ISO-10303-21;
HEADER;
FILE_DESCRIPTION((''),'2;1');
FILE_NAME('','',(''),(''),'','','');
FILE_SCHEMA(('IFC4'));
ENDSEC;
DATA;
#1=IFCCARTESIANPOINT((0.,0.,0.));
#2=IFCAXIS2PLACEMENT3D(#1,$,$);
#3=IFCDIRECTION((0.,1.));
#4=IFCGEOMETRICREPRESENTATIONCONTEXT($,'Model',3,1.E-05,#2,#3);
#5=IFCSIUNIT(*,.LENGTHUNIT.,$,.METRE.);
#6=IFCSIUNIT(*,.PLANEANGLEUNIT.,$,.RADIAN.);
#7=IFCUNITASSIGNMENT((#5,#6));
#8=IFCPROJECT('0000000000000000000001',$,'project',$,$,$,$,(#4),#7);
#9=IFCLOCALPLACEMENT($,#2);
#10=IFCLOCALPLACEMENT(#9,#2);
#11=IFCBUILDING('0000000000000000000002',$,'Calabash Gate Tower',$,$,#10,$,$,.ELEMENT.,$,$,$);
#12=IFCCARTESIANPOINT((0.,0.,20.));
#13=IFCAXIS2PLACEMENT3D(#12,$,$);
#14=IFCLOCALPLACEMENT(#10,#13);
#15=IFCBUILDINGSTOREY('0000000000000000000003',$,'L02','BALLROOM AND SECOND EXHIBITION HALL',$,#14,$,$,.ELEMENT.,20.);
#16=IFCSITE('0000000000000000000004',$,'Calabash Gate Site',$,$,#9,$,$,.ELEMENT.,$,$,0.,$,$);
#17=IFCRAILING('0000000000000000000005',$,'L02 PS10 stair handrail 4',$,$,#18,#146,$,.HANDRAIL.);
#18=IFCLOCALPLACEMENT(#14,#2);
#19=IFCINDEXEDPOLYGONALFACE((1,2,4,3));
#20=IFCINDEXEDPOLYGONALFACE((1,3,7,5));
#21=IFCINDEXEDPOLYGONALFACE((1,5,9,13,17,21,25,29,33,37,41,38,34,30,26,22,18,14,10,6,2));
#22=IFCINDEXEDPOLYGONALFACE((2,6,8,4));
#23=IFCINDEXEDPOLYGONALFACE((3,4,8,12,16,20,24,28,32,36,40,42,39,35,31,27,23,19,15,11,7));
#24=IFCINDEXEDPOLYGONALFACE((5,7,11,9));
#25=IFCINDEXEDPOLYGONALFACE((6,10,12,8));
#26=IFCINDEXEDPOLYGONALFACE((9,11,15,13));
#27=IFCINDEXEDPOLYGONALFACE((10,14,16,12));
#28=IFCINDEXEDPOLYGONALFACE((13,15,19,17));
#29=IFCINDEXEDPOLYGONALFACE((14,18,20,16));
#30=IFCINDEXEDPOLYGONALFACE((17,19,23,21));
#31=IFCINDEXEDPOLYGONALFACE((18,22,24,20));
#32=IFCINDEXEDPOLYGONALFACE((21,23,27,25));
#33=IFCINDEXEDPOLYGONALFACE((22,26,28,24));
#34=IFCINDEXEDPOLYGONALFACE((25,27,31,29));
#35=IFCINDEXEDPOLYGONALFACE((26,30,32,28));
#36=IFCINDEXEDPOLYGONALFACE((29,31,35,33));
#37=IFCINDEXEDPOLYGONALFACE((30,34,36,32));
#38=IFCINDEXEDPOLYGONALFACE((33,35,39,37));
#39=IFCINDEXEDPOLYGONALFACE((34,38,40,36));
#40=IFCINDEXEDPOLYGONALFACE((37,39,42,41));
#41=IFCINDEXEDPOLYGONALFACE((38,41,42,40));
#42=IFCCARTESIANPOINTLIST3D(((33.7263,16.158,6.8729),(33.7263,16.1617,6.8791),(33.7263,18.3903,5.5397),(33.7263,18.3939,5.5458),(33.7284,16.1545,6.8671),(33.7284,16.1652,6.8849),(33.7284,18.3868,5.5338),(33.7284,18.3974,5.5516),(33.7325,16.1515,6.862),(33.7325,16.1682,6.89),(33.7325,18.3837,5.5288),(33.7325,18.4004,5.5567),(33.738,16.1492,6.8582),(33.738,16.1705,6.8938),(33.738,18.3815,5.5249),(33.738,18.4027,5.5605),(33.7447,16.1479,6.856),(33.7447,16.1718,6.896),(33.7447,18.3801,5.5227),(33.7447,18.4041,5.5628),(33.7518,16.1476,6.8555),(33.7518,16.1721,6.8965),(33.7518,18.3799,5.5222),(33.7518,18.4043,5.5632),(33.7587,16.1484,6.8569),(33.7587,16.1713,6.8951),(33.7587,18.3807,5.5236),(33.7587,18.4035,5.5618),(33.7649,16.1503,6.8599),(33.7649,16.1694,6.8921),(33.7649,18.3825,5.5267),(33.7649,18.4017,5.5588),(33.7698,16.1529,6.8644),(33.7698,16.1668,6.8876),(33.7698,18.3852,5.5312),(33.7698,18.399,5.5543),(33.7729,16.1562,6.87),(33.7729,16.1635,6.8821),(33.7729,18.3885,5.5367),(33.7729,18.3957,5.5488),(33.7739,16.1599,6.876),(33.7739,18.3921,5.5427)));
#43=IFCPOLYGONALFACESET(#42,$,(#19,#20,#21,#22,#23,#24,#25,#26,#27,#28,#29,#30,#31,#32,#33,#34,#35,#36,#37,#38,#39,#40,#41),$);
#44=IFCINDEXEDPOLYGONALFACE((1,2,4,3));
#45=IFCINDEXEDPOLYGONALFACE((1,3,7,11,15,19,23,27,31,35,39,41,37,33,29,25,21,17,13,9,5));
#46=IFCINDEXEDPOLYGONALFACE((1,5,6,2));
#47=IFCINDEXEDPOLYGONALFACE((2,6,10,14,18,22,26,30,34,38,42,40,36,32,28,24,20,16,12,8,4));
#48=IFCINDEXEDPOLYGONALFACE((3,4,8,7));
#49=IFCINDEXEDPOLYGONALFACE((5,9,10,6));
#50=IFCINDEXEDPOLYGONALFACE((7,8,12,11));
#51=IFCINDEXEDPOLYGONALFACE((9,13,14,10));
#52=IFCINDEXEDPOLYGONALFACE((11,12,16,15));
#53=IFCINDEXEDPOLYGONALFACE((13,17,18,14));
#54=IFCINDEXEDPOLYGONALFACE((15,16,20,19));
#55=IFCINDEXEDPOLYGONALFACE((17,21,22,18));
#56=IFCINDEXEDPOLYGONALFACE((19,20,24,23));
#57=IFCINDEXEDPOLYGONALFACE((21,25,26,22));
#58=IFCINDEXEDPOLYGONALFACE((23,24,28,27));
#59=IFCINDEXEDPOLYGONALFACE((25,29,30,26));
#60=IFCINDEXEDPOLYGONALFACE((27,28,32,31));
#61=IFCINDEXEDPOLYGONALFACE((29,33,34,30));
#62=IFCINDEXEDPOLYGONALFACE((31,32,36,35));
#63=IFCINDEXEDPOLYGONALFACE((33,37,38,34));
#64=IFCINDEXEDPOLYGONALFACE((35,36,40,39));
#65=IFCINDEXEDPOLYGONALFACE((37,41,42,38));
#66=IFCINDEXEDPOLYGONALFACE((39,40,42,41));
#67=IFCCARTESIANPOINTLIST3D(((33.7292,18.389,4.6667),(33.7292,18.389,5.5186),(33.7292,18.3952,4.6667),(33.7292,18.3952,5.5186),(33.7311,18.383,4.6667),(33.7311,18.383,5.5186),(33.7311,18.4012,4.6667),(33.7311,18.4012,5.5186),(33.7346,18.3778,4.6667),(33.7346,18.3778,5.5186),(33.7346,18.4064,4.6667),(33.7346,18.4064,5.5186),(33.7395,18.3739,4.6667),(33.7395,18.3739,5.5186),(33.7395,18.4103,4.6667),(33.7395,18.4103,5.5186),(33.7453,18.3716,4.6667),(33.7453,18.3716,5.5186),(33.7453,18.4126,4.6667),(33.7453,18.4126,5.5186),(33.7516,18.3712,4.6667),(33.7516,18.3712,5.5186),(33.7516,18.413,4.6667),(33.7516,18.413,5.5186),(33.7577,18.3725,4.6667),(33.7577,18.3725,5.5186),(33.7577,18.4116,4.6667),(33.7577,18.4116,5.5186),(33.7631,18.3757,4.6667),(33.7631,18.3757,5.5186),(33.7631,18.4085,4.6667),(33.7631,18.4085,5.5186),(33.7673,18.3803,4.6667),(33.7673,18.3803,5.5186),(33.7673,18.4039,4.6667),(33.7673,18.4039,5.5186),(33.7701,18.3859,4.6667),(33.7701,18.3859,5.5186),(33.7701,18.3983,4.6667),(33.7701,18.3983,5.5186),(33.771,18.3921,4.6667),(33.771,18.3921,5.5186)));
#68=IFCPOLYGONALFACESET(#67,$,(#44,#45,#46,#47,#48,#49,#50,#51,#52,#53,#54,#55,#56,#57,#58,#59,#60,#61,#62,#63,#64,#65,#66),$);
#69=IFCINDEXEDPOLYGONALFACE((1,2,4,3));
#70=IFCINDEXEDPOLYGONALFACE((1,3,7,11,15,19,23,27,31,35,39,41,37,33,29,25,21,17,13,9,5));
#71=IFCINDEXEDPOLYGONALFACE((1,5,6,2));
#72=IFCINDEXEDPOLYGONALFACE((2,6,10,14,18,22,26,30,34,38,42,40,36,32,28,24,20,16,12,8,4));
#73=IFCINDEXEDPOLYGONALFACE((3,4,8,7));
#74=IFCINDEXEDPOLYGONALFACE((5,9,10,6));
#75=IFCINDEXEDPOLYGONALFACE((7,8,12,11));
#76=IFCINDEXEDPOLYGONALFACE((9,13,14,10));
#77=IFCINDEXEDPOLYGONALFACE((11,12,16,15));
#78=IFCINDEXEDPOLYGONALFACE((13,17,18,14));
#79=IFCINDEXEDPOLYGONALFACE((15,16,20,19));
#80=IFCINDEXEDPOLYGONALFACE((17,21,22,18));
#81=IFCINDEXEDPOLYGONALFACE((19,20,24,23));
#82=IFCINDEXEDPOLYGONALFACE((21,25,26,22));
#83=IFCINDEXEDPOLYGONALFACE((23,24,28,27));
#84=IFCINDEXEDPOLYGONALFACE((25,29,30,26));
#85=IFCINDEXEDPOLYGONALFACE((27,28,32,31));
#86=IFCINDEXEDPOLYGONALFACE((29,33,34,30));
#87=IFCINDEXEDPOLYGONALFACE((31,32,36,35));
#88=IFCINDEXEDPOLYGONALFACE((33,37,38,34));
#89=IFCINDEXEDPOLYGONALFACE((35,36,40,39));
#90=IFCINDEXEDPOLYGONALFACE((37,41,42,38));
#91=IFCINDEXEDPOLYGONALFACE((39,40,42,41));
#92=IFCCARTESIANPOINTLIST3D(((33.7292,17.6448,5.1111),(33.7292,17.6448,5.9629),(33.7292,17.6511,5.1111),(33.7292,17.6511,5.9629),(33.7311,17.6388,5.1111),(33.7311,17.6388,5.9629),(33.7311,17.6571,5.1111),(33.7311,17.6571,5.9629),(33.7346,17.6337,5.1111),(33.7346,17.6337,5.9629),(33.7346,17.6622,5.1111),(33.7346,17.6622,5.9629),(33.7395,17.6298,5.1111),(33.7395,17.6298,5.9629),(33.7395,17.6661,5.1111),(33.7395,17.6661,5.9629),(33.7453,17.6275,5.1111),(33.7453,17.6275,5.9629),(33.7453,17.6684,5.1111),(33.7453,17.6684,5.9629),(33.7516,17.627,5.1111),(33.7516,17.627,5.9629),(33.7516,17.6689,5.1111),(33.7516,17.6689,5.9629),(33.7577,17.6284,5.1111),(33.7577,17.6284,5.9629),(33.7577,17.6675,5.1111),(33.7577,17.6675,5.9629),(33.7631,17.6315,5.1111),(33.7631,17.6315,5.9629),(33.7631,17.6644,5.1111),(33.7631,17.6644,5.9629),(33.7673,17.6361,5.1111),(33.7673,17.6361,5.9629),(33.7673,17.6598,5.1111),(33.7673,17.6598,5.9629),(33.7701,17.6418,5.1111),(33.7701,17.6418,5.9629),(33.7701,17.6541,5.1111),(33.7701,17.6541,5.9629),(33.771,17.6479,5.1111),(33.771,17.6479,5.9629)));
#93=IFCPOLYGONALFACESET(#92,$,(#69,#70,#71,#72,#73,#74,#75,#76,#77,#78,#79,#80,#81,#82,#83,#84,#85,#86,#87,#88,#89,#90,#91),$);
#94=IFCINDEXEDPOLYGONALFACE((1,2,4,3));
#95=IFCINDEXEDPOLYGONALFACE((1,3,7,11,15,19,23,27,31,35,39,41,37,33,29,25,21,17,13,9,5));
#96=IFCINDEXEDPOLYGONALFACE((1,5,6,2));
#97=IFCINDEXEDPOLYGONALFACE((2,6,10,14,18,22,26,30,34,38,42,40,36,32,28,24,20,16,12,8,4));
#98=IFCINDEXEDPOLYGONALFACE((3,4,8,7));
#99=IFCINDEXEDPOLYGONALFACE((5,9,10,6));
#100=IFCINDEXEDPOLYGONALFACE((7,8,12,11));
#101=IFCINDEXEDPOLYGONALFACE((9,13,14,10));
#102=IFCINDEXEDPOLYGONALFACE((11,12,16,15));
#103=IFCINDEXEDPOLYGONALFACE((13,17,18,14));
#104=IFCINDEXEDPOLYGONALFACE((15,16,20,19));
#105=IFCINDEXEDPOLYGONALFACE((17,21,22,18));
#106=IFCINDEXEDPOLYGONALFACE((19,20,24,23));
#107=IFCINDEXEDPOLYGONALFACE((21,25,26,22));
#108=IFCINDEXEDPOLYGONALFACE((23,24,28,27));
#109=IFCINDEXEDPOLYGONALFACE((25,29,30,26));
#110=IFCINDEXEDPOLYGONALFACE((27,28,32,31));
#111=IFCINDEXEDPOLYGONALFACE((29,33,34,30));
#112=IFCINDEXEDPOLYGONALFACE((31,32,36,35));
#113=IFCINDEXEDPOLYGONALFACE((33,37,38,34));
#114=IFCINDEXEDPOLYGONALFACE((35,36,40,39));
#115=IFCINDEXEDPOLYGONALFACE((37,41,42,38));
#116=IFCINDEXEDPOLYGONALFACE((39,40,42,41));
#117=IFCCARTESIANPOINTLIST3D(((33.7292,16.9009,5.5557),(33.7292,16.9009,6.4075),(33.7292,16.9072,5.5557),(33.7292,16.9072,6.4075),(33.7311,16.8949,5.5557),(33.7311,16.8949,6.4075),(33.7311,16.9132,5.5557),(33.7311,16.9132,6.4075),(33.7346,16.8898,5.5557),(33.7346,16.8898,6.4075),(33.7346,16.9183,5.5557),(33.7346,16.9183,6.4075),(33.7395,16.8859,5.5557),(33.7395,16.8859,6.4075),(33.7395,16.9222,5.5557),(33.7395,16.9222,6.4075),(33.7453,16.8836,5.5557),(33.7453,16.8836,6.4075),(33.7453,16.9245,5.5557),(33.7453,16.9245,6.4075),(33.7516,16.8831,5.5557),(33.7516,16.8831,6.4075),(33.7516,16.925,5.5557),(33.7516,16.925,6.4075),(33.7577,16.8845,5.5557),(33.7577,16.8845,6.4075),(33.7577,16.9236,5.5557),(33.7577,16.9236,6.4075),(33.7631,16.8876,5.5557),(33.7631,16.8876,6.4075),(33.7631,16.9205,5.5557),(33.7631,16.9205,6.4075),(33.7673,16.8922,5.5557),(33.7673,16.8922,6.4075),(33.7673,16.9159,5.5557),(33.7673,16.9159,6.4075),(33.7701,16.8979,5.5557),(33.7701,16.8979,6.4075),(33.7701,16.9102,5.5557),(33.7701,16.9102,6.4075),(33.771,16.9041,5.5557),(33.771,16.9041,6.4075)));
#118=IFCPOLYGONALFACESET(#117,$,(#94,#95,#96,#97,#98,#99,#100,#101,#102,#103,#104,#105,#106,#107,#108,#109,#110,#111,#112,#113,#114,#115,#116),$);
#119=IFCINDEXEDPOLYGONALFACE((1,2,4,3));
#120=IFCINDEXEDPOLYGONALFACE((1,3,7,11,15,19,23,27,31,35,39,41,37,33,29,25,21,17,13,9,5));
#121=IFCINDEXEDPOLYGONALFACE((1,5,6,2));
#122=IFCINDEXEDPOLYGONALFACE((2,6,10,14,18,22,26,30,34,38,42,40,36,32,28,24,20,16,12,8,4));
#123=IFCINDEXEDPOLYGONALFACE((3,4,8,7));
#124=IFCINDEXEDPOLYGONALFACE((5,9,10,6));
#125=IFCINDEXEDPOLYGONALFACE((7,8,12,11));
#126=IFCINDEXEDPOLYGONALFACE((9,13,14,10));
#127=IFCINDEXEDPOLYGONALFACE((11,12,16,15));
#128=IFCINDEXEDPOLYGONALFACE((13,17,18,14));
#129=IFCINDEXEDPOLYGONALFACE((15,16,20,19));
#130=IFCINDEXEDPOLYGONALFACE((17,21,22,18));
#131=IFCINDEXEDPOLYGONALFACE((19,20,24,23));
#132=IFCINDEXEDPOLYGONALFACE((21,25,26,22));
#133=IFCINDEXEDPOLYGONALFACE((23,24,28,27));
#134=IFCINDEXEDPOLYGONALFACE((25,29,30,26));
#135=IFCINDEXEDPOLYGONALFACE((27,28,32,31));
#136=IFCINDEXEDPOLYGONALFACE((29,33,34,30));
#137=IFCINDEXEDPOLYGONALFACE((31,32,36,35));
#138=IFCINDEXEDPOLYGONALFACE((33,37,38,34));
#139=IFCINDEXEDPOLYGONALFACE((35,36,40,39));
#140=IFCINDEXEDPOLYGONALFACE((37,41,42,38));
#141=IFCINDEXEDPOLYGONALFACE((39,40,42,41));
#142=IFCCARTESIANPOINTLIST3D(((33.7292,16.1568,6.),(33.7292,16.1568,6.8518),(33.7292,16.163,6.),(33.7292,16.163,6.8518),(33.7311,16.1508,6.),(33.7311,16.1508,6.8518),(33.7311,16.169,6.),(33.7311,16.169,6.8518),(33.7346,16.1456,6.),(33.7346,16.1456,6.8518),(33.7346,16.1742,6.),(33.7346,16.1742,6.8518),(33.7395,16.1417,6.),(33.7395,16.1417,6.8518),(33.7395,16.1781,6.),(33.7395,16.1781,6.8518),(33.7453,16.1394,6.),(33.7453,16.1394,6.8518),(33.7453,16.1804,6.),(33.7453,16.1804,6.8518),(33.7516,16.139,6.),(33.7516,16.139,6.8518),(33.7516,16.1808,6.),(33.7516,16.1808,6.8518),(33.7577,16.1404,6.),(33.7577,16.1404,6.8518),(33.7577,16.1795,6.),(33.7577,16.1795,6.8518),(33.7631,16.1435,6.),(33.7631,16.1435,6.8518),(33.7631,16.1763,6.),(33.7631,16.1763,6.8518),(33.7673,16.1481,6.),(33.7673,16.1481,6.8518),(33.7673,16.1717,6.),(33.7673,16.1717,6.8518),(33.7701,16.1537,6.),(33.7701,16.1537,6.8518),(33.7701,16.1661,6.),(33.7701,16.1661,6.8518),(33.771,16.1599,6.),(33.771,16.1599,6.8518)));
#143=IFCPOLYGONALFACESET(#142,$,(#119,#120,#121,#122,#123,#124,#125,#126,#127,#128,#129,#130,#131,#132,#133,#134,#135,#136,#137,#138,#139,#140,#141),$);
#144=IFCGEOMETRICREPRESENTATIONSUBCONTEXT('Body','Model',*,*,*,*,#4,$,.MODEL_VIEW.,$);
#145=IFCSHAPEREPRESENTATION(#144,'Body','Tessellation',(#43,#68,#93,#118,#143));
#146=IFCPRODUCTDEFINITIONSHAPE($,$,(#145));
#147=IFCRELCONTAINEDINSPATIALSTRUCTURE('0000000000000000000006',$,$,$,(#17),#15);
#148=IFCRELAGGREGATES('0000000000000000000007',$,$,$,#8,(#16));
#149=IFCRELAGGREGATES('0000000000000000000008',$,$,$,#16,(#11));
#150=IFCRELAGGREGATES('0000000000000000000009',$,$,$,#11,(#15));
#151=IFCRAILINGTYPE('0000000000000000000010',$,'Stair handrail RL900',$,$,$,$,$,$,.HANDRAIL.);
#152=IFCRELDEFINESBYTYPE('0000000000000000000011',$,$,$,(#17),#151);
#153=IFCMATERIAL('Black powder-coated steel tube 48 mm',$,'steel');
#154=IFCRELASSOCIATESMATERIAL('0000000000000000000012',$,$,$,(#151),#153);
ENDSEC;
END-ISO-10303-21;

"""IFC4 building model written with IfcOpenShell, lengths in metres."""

from ifc_helpers import new_model, si_unit, direction, frame, origin, origin_2d, place, context, subcontext, project, spatial, circle, extrude, material, type_object, element, save


model = new_model("IFC4")

# Units and contexts
model_context = context("Model", 3, precision=1e-05, world=origin(), true_north=direction((0.0, 1.0)))
body_context = subcontext(model_context, "Body", "Model", "MODEL_VIEW")
ifc_project = project(units=[si_unit("LENGTHUNIT", "METRE"), si_unit("PLANEANGLEUNIT", "RADIAN")], contexts=[model_context])

# Site, building, storey
site_placement = place(None, origin())
site = spatial("IfcSite", under=ifc_project, at=site_placement, Name="Calabash Gate Site", CompositionType="ELEMENT", RefElevation=0.0)
building_placement = place(site_placement, origin())
building = spatial("IfcBuilding", under=site, at=building_placement, Name="Calabash Gate Tower", CompositionType="ELEMENT")
storey_placement = place(building_placement, frame((0.0, 0.0, 20.0)))
storey = spatial("IfcBuildingStorey", under=building, at=storey_placement, Name="L02", Description="BALLROOM AND SECOND EXHIBITION HALL", CompositionType="ELEMENT", Elevation=20.0)

# Railing
ifc_material_1 = material(Name="Black powder-coated steel tube 48 mm", Category="steel")
railing_type = type_object("IfcRailingType", Name="Stair handrail RL900", PredefinedType="HANDRAIL", material=ifc_material_1)
for number, where, name in (
    (1, (33.75, 18.3921, 4.6667), "L02 PS10 stair handrail 4"),
):
    element("IfcRailing", number, at=place(storey_placement, frame(where)), inside=storey, type_object=railing_type, Name=name, PredefinedType="HANDRAIL", context=body_context, shape_type="SweptSolid", body=[
        extrude(circle(Radius=0.0239, at=origin_2d()), frame((0.0, 0.0, 0.876), z_axis=(0.0, -0.858519, 0.512782), x_axis=(1.0, 0.0, 0.0)), (0.0, 0.0, 1.0), 2.6001),
        extrude(circle(Radius=0.021, at=origin_2d()), origin(), (0.0, 0.0, 1.0), 0.8518),
        extrude(circle(Radius=0.021, at=origin_2d()), frame((0.0, -0.7441, 0.4443)), (0.0, 0.0, 1.0), 0.8518),
        extrude(circle(Radius=0.021, at=origin_2d()), frame((0.0, -1.488, 0.8889)), (0.0, 0.0, 1.0), 0.8518),
        extrude(circle(Radius=0.021, at=origin_2d()), frame((0.0, -2.2322, 1.3333)), (0.0, 0.0, 1.0), 0.8518),
    ])

save(model, "model.ifc")
